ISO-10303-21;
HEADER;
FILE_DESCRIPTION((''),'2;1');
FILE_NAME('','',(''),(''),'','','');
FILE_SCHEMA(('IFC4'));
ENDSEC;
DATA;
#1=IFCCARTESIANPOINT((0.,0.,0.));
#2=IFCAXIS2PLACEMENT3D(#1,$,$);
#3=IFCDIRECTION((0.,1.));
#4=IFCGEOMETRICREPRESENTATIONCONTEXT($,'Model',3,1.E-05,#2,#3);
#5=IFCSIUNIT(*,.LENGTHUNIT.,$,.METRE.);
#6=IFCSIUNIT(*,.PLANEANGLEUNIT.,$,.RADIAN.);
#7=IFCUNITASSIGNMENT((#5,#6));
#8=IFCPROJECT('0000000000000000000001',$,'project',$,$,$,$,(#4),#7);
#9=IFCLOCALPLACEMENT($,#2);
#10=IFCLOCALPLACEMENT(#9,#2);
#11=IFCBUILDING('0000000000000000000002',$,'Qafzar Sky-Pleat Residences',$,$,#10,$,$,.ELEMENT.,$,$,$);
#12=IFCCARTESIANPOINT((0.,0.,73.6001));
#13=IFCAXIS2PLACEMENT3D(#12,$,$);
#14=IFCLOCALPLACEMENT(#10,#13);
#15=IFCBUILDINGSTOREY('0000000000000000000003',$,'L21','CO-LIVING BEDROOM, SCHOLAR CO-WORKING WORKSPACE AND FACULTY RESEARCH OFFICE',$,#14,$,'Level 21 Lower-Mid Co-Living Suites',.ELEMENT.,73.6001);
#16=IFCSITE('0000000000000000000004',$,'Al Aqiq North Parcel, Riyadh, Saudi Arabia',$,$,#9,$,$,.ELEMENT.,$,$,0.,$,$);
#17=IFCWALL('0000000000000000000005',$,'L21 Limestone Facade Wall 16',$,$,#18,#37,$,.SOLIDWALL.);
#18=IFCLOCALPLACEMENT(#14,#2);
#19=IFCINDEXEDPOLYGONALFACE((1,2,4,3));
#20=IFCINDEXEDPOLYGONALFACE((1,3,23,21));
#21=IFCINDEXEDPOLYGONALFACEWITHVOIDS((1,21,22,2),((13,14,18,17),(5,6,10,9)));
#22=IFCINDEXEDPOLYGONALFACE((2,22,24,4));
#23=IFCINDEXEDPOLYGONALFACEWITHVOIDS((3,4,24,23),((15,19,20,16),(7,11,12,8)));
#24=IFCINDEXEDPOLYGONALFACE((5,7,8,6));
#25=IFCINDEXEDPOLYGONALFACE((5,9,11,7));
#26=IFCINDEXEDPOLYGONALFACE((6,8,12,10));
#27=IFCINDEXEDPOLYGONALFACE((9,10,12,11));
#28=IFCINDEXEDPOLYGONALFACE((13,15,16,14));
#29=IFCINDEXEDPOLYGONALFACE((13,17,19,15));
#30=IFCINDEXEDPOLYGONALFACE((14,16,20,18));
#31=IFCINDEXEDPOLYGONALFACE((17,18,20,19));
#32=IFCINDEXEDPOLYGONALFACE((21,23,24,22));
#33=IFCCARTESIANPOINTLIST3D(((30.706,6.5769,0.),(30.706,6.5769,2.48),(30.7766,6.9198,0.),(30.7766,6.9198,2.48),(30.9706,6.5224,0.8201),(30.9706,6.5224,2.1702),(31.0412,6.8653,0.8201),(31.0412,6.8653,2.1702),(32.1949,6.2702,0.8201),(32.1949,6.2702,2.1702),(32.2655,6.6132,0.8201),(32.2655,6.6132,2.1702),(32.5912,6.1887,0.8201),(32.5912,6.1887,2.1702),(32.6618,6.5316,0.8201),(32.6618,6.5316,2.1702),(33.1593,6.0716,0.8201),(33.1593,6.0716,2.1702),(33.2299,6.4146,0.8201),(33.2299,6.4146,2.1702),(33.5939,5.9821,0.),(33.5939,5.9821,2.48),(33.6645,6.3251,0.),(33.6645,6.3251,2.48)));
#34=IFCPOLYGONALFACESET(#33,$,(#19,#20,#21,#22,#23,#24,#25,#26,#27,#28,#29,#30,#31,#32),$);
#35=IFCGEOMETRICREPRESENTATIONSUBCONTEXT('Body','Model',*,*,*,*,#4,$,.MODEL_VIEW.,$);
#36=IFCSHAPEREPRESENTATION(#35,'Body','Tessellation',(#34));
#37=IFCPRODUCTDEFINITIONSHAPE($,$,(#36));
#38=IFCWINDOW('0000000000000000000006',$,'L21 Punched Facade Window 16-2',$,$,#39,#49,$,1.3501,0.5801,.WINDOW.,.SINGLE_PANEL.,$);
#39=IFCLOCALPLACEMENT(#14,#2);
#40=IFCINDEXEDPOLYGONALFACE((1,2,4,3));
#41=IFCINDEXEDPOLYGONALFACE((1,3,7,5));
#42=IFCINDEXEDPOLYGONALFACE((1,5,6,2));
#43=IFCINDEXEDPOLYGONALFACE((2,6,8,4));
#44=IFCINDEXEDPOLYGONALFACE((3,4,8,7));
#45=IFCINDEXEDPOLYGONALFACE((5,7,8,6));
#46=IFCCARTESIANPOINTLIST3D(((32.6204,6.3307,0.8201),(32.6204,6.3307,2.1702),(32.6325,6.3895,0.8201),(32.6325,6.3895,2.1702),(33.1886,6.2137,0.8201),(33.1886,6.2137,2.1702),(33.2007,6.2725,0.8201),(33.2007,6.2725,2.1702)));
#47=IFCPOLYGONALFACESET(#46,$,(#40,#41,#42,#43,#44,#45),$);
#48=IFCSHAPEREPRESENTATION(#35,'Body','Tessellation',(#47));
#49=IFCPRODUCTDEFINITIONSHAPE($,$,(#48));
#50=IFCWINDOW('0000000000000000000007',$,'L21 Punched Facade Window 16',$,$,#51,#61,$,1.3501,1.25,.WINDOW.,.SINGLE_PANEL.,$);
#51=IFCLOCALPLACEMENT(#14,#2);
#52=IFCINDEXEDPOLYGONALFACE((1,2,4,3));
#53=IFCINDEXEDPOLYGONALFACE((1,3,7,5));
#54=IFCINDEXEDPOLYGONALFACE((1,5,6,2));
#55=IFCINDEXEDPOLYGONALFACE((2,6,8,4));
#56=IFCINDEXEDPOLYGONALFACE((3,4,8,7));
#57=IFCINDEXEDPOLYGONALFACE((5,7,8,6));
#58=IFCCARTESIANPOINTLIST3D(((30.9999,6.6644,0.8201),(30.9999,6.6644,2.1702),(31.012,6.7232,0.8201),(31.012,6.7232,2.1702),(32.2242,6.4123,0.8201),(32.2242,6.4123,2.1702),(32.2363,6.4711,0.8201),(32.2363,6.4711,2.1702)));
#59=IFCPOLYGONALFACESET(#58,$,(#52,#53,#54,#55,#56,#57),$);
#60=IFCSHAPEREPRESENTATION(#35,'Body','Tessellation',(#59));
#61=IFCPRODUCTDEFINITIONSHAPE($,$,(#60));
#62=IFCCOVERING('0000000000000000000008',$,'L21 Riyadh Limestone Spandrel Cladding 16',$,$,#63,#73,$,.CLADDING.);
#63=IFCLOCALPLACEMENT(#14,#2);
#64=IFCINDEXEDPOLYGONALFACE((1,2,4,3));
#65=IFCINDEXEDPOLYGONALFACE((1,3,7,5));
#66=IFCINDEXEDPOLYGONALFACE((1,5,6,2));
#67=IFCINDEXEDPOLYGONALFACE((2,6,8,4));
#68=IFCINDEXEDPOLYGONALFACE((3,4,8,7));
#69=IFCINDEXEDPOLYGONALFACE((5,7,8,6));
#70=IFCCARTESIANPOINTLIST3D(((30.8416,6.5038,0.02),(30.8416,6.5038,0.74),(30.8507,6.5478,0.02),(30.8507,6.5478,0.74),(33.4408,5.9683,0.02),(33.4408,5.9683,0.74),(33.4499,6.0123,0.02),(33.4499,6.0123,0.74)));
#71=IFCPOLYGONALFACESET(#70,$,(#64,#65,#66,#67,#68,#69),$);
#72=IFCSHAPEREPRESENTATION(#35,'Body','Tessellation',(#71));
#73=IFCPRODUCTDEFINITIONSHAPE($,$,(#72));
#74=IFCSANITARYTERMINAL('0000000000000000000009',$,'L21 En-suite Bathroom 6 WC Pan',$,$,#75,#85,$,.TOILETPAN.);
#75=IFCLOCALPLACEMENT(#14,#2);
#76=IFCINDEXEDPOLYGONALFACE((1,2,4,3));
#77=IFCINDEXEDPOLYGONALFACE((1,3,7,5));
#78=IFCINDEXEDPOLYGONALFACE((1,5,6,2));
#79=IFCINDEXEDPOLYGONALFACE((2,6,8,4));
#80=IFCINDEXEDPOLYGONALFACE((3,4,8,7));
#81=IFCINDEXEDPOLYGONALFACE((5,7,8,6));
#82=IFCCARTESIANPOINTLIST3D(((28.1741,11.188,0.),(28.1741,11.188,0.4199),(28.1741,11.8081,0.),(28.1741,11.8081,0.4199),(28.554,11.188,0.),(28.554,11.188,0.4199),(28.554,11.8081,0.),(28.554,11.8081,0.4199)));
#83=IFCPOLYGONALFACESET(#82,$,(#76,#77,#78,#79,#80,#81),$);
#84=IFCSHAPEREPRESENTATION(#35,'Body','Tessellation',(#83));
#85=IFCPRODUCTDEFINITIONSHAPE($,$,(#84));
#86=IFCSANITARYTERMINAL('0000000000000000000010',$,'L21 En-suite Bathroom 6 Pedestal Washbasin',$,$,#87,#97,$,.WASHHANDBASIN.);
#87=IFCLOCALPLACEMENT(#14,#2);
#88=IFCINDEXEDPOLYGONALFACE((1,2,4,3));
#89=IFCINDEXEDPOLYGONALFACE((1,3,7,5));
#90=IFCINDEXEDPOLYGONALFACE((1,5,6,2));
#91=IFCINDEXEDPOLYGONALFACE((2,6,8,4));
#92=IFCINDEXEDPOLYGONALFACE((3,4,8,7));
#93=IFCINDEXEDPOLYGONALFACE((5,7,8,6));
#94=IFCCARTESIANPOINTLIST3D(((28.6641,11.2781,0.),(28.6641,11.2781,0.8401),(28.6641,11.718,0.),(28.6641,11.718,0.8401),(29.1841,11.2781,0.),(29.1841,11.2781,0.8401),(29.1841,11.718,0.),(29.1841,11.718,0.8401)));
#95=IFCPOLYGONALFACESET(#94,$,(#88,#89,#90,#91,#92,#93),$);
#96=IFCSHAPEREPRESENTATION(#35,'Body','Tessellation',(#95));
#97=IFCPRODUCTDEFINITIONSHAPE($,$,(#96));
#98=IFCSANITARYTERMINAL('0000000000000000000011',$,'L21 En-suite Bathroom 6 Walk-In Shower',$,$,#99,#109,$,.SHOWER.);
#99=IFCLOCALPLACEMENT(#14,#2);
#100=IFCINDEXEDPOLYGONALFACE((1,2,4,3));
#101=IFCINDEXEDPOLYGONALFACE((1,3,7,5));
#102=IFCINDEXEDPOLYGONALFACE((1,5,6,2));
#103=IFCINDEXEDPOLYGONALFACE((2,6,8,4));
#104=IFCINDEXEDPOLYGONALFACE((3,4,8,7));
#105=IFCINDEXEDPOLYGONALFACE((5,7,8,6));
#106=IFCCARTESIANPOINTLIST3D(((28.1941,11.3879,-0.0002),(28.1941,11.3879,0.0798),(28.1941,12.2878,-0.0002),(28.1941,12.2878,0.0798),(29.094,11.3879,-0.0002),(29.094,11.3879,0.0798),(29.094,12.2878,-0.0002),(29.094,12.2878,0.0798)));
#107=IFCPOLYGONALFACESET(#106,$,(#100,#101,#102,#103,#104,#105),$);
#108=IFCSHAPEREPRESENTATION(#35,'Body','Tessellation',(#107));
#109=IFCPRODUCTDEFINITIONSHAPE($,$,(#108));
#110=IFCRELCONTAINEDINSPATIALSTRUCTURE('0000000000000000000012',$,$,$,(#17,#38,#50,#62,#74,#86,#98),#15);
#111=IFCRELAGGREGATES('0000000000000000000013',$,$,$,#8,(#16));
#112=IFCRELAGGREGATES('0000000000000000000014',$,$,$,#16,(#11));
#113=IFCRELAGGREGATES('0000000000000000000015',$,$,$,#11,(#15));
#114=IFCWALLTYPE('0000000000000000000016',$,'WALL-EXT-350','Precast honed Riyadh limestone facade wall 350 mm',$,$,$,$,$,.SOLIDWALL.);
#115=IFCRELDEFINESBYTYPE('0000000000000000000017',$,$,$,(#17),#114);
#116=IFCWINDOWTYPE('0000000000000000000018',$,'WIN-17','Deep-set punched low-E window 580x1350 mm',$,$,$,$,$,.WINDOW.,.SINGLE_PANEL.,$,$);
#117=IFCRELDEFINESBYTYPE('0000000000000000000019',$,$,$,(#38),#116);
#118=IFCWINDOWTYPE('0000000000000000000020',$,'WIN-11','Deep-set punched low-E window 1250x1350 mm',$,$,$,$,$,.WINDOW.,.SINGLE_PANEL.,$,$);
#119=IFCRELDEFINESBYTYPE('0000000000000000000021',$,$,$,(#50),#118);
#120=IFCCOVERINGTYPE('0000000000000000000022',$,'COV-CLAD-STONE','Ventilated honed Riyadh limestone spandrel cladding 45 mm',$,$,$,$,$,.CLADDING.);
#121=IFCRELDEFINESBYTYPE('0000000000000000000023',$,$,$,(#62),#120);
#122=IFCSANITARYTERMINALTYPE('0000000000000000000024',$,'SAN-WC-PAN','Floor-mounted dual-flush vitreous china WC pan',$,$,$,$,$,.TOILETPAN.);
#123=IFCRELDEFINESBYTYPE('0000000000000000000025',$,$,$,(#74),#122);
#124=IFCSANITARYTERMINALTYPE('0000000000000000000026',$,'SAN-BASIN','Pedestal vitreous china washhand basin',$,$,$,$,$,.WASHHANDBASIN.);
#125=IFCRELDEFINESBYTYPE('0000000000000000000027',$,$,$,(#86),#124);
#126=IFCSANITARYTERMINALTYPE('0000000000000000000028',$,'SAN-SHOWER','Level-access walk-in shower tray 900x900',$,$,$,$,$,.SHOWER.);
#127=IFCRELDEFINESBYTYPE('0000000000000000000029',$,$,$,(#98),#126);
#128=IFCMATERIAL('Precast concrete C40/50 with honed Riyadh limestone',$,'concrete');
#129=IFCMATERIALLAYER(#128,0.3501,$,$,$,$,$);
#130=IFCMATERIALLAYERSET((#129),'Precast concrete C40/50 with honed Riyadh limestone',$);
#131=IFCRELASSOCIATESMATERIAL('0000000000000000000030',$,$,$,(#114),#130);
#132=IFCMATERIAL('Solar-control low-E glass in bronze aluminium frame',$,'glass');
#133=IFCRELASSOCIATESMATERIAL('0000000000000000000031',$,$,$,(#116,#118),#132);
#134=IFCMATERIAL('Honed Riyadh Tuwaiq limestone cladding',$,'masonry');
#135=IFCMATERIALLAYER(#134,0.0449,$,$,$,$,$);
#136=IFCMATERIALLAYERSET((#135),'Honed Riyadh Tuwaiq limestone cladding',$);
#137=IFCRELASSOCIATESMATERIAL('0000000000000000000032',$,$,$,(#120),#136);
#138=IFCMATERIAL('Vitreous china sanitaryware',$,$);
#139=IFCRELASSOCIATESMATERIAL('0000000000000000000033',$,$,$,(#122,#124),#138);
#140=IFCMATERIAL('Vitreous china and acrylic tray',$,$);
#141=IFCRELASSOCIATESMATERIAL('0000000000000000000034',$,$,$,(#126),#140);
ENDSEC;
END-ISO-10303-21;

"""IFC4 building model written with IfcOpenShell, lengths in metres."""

from ifc_helpers import new_model, si_unit, direction, frame, frame_2d, origin, origin_2d, place, context, subcontext, project, spatial, rectangle, extrude, source, transform, mapped, material, layer, layer_set, type_object, element, fill, save


model = new_model("IFC4")

# Units and contexts
model_context = context("Model", 3, precision=1e-05, world=origin(), true_north=direction((0.0, 1.0)))
body_context = subcontext(model_context, "Body", "Model", "MODEL_VIEW")
ifc_project = project(units=[si_unit("LENGTHUNIT", "METRE"), si_unit("PLANEANGLEUNIT", "RADIAN")], contexts=[model_context])

# Site, building, storey
site_placement = place(None, origin())
site = spatial("IfcSite", under=ifc_project, at=site_placement, Name="Al Aqiq North Parcel, Riyadh, Saudi Arabia", CompositionType="ELEMENT", RefElevation=0.0)
building_placement = place(site_placement, origin())
building = spatial("IfcBuilding", under=site, at=building_placement, Name="Qafzar Sky-Pleat Residences", CompositionType="ELEMENT")
storey_placement = place(building_placement, frame((0.0, 0.0, 73.6001)))
storey = spatial("IfcBuildingStorey", under=building, at=storey_placement, Name="L21", Description="CO-LIVING BEDROOM, SCHOLAR CO-WORKING WORKSPACE AND FACULTY RESEARCH OFFICE", LongName="Level 21 Lower-Mid Co-Living Suites", CompositionType="ELEMENT", Elevation=73.6001)

# Shared definitions
ifc_material_1 = material(Name="Precast concrete C40/50 with honed Riyadh limestone", Category="concrete")
ifc_layer_1 = layer(ifc_material_1, 0.3501)
ifc_layer_set_1 = layer_set([ifc_layer_1], Name="Precast concrete C40/50 with honed Riyadh limestone")
wall_type_1 = type_object("IfcWallType", Name="WALL-EXT-350", Description="Precast honed Riyadh limestone facade wall 350 mm", PredefinedType="SOLIDWALL", material=ifc_layer_set_1)
ifc_material_2 = material(Name="Solar-control low-E glass in bronze aluminium frame", Category="glass")

# Wall, openings, windows
wall_1_placement = place(storey_placement, frame((30.7415, 6.7483, 0.0), z_axis=(0.0, 0.0, 1.0), x_axis=(0.979447, -0.201702, 0.0)))
wall_1 = element("IfcWall", 1, at=wall_1_placement, inside=storey, type_object=wall_type_1, Name="L21 Limestone Facade Wall 16", PredefinedType="SOLIDWALL", context=body_context, shape_type="SweptSolid", body=[
    extrude(rectangle(XDim=2.9485, YDim=0.3501, at=frame_2d((1.4741, 0.0))), origin(), (0.0, 0.0, 1.0), 2.48),
])
opening_1_placement = place(wall_1_placement, frame((0.27, 0.0, 0.8201)))
opening_1 = element("IfcOpeningElement", 2, at=opening_1_placement, cuts=wall_1, PredefinedType="OPENING", context=body_context, shape_type="SweptSolid", body=[
    extrude(rectangle(XDim=1.25, YDim=1.3501, at=frame_2d((0.625, 0.675))), frame((0.0, 0.1851, 0.0), z_axis=(0.0, -1.0, 0.0), x_axis=(1.0, 0.0, 0.0)), (0.0, 0.0, 1.0), 0.3701),
])
opening_2_placement = place(wall_1_placement, frame((1.9246, 0.0, 0.8201)))
opening_2 = element("IfcOpeningElement", 3, at=opening_2_placement, cuts=wall_1, PredefinedType="OPENING", context=body_context, shape_type="SweptSolid", body=[
    extrude(rectangle(XDim=0.5801, YDim=1.3501, at=frame_2d((0.29, 0.675))), frame((0.0, 0.1851, 0.0), z_axis=(0.0, -1.0, 0.0), x_axis=(1.0, 0.0, 0.0)), (0.0, 0.0, 1.0), 0.3701),
])
window_type_1 = type_object("IfcWindowType", Name="WIN-17", Description="Deep-set punched low-E window 580x1350 mm", PartitioningType="SINGLE_PANEL", PredefinedType="WINDOW", material=ifc_material_2)
shared_shape_1 = source(origin(), body_context, "Body", "SweptSolid", [
    extrude(rectangle(XDim=0.5801, YDim=1.3501, at=frame_2d((0.29, 0.675))), frame((0.0, 0.03, 0.0), z_axis=(0.0, -1.0, 0.0), x_axis=(1.0, 0.0, 0.0)), (0.0, 0.0, 1.0), 0.0601),
])
window_1_placement = place(opening_2_placement, origin())
window_1 = element("IfcWindow", 4, at=window_1_placement, inside=storey, type_object=window_type_1, Name="L21 Punched Facade Window 16-2", OverallHeight=1.3501, OverallWidth=0.5801, PartitioningType="SINGLE_PANEL", PredefinedType="WINDOW", context=body_context, shape_type="MappedRepresentation", body=[
    mapped(shared_shape_1, transform((0.0, 0.0, 0.0), x_axis=(1.0, 0.0, 0.0), y_axis=(0.0, 1.0, 0.0), z_axis=(0.0, 0.0, 1.0), scale=1.0)),
])
fill(opening_2, window_1)
window_type_2 = type_object("IfcWindowType", Name="WIN-11", Description="Deep-set punched low-E window 1250x1350 mm", PartitioningType="SINGLE_PANEL", PredefinedType="WINDOW", material=ifc_material_2)
shared_shape_2 = source(origin(), body_context, "Body", "SweptSolid", [
    extrude(rectangle(XDim=1.25, YDim=1.3501, at=frame_2d((0.625, 0.675))), frame((0.0, 0.03, 0.0), z_axis=(0.0, -1.0, 0.0), x_axis=(1.0, 0.0, 0.0)), (0.0, 0.0, 1.0), 0.0601),
])
window_2_placement = place(opening_1_placement, origin())
window_2 = element("IfcWindow", 5, at=window_2_placement, inside=storey, type_object=window_type_2, Name="L21 Punched Facade Window 16", OverallHeight=1.3501, OverallWidth=1.25, PartitioningType="SINGLE_PANEL", PredefinedType="WINDOW", context=body_context, shape_type="MappedRepresentation", body=[
    mapped(shared_shape_2, transform((0.0, 0.0, 0.0), x_axis=(1.0, 0.0, 0.0), y_axis=(0.0, 1.0, 0.0), z_axis=(0.0, 0.0, 1.0), scale=1.0)),
])
fill(opening_1, window_2)

# Covering
ifc_material_3 = material(Name="Honed Riyadh Tuwaiq limestone cladding", Category="masonry")
ifc_layer_2 = layer(ifc_material_3, 0.0449)
ifc_layer_set_2 = layer_set([ifc_layer_2], Name="Honed Riyadh Tuwaiq limestone cladding")
covering_type = type_object("IfcCoveringType", Name="COV-CLAD-STONE", Description="Ventilated honed Riyadh limestone spandrel cladding 45 mm", PredefinedType="CLADDING", material=ifc_layer_set_2)
shared_shape_3 = source(origin(), body_context, "Body", "SweptSolid", [
    extrude(rectangle(XDim=2.6538, YDim=0.0449, at=origin_2d()), origin(), (0.0, 0.0, 1.0), 0.72),
])
covering_placement = place(storey_placement, frame((32.1458, 6.2581, 0.02), z_axis=(0.0, 0.0, 1.0), x_axis=(0.979436, -0.201754, 0.0)))
element("IfcCovering", 6, at=covering_placement, inside=storey, type_object=covering_type, Name="L21 Riyadh Limestone Spandrel Cladding 16", PredefinedType="CLADDING", context=body_context, shape_type="MappedRepresentation", body=[
    mapped(shared_shape_3, transform((0.0, 0.0, 0.0), x_axis=(1.0, 0.0, 0.0), y_axis=(0.0, 1.0, 0.0), z_axis=(0.0, 0.0, 1.0), scale=1.0)),
])

# Sanitary terminals
ifc_material_4 = material(Name="Vitreous china sanitaryware")
sanitary_terminal_type_1 = type_object("IfcSanitaryTerminalType", Name="SAN-WC-PAN", Description="Floor-mounted dual-flush vitreous china WC pan", PredefinedType="TOILETPAN", material=ifc_material_4)
shared_shape_4 = source(origin(), body_context, "Body", "SweptSolid", [
    extrude(rectangle(XDim=0.3799, YDim=0.6201, at=origin_2d()), origin(), (0.0, 0.0, 1.0), 0.4199),
])
sanitary_terminal_1_placement = place(storey_placement, frame((28.364, 11.498, 0.0), z_axis=(0.0, 0.0, 1.0), x_axis=(1.0, 0.0, 0.0)))
element("IfcSanitaryTerminal", 7, at=sanitary_terminal_1_placement, inside=storey, type_object=sanitary_terminal_type_1, Name="L21 En-suite Bathroom 6 WC Pan", PredefinedType="TOILETPAN", context=body_context, shape_type="MappedRepresentation", body=[
    mapped(shared_shape_4, transform((0.0, 0.0, 0.0), x_axis=(1.0, 0.0, 0.0), y_axis=(0.0, 1.0, 0.0), z_axis=(0.0, 0.0, 1.0), scale=1.0)),
])
sanitary_terminal_type_2 = type_object("IfcSanitaryTerminalType", Name="SAN-BASIN", Description="Pedestal vitreous china washhand basin", PredefinedType="WASHHANDBASIN", material=ifc_material_4)
shared_shape_5 = source(origin(), body_context, "Body", "SweptSolid", [
    extrude(rectangle(XDim=0.52, YDim=0.4399, at=origin_2d()), origin(), (0.0, 0.0, 1.0), 0.8401),
])
sanitary_terminal_2_placement = place(storey_placement, frame((28.9241, 11.498, 0.0), z_axis=(0.0, 0.0, 1.0), x_axis=(1.0, 0.0, 0.0)))
element("IfcSanitaryTerminal", 8, at=sanitary_terminal_2_placement, inside=storey, type_object=sanitary_terminal_type_2, Name="L21 En-suite Bathroom 6 Pedestal Washbasin", PredefinedType="WASHHANDBASIN", context=body_context, shape_type="MappedRepresentation", body=[
    mapped(shared_shape_5, transform((0.0, 0.0, 0.0), x_axis=(1.0, 0.0, 0.0), y_axis=(0.0, 1.0, 0.0), z_axis=(0.0, 0.0, 1.0), scale=1.0)),
])
ifc_material_5 = material(Name="Vitreous china and acrylic tray")
sanitary_terminal_type_3 = type_object("IfcSanitaryTerminalType", Name="SAN-SHOWER", Description="Level-access walk-in shower tray 900x900", PredefinedType="SHOWER", material=ifc_material_5)
shared_shape_6 = source(origin(), body_context, "Body", "SweptSolid", [
    extrude(rectangle(XDim=0.8999, YDim=0.8999, at=origin_2d()), origin(), (0.0, 0.0, 1.0), 0.0801),
])
sanitary_terminal_3_placement = place(storey_placement, frame((28.644, 11.8379, -0.0002), z_axis=(0.0, 0.0, 1.0), x_axis=(1.0, 0.0, 0.0)))
element("IfcSanitaryTerminal", 9, at=sanitary_terminal_3_placement, inside=storey, type_object=sanitary_terminal_type_3, Name="L21 En-suite Bathroom 6 Walk-In Shower", PredefinedType="SHOWER", context=body_context, shape_type="MappedRepresentation", body=[
    mapped(shared_shape_6, transform((0.0, 0.0, 0.0), x_axis=(1.0, 0.0, 0.0), y_axis=(0.0, 1.0, 0.0), z_axis=(0.0, 0.0, 1.0), scale=1.0)),
])

save(model, "model.ifc")
